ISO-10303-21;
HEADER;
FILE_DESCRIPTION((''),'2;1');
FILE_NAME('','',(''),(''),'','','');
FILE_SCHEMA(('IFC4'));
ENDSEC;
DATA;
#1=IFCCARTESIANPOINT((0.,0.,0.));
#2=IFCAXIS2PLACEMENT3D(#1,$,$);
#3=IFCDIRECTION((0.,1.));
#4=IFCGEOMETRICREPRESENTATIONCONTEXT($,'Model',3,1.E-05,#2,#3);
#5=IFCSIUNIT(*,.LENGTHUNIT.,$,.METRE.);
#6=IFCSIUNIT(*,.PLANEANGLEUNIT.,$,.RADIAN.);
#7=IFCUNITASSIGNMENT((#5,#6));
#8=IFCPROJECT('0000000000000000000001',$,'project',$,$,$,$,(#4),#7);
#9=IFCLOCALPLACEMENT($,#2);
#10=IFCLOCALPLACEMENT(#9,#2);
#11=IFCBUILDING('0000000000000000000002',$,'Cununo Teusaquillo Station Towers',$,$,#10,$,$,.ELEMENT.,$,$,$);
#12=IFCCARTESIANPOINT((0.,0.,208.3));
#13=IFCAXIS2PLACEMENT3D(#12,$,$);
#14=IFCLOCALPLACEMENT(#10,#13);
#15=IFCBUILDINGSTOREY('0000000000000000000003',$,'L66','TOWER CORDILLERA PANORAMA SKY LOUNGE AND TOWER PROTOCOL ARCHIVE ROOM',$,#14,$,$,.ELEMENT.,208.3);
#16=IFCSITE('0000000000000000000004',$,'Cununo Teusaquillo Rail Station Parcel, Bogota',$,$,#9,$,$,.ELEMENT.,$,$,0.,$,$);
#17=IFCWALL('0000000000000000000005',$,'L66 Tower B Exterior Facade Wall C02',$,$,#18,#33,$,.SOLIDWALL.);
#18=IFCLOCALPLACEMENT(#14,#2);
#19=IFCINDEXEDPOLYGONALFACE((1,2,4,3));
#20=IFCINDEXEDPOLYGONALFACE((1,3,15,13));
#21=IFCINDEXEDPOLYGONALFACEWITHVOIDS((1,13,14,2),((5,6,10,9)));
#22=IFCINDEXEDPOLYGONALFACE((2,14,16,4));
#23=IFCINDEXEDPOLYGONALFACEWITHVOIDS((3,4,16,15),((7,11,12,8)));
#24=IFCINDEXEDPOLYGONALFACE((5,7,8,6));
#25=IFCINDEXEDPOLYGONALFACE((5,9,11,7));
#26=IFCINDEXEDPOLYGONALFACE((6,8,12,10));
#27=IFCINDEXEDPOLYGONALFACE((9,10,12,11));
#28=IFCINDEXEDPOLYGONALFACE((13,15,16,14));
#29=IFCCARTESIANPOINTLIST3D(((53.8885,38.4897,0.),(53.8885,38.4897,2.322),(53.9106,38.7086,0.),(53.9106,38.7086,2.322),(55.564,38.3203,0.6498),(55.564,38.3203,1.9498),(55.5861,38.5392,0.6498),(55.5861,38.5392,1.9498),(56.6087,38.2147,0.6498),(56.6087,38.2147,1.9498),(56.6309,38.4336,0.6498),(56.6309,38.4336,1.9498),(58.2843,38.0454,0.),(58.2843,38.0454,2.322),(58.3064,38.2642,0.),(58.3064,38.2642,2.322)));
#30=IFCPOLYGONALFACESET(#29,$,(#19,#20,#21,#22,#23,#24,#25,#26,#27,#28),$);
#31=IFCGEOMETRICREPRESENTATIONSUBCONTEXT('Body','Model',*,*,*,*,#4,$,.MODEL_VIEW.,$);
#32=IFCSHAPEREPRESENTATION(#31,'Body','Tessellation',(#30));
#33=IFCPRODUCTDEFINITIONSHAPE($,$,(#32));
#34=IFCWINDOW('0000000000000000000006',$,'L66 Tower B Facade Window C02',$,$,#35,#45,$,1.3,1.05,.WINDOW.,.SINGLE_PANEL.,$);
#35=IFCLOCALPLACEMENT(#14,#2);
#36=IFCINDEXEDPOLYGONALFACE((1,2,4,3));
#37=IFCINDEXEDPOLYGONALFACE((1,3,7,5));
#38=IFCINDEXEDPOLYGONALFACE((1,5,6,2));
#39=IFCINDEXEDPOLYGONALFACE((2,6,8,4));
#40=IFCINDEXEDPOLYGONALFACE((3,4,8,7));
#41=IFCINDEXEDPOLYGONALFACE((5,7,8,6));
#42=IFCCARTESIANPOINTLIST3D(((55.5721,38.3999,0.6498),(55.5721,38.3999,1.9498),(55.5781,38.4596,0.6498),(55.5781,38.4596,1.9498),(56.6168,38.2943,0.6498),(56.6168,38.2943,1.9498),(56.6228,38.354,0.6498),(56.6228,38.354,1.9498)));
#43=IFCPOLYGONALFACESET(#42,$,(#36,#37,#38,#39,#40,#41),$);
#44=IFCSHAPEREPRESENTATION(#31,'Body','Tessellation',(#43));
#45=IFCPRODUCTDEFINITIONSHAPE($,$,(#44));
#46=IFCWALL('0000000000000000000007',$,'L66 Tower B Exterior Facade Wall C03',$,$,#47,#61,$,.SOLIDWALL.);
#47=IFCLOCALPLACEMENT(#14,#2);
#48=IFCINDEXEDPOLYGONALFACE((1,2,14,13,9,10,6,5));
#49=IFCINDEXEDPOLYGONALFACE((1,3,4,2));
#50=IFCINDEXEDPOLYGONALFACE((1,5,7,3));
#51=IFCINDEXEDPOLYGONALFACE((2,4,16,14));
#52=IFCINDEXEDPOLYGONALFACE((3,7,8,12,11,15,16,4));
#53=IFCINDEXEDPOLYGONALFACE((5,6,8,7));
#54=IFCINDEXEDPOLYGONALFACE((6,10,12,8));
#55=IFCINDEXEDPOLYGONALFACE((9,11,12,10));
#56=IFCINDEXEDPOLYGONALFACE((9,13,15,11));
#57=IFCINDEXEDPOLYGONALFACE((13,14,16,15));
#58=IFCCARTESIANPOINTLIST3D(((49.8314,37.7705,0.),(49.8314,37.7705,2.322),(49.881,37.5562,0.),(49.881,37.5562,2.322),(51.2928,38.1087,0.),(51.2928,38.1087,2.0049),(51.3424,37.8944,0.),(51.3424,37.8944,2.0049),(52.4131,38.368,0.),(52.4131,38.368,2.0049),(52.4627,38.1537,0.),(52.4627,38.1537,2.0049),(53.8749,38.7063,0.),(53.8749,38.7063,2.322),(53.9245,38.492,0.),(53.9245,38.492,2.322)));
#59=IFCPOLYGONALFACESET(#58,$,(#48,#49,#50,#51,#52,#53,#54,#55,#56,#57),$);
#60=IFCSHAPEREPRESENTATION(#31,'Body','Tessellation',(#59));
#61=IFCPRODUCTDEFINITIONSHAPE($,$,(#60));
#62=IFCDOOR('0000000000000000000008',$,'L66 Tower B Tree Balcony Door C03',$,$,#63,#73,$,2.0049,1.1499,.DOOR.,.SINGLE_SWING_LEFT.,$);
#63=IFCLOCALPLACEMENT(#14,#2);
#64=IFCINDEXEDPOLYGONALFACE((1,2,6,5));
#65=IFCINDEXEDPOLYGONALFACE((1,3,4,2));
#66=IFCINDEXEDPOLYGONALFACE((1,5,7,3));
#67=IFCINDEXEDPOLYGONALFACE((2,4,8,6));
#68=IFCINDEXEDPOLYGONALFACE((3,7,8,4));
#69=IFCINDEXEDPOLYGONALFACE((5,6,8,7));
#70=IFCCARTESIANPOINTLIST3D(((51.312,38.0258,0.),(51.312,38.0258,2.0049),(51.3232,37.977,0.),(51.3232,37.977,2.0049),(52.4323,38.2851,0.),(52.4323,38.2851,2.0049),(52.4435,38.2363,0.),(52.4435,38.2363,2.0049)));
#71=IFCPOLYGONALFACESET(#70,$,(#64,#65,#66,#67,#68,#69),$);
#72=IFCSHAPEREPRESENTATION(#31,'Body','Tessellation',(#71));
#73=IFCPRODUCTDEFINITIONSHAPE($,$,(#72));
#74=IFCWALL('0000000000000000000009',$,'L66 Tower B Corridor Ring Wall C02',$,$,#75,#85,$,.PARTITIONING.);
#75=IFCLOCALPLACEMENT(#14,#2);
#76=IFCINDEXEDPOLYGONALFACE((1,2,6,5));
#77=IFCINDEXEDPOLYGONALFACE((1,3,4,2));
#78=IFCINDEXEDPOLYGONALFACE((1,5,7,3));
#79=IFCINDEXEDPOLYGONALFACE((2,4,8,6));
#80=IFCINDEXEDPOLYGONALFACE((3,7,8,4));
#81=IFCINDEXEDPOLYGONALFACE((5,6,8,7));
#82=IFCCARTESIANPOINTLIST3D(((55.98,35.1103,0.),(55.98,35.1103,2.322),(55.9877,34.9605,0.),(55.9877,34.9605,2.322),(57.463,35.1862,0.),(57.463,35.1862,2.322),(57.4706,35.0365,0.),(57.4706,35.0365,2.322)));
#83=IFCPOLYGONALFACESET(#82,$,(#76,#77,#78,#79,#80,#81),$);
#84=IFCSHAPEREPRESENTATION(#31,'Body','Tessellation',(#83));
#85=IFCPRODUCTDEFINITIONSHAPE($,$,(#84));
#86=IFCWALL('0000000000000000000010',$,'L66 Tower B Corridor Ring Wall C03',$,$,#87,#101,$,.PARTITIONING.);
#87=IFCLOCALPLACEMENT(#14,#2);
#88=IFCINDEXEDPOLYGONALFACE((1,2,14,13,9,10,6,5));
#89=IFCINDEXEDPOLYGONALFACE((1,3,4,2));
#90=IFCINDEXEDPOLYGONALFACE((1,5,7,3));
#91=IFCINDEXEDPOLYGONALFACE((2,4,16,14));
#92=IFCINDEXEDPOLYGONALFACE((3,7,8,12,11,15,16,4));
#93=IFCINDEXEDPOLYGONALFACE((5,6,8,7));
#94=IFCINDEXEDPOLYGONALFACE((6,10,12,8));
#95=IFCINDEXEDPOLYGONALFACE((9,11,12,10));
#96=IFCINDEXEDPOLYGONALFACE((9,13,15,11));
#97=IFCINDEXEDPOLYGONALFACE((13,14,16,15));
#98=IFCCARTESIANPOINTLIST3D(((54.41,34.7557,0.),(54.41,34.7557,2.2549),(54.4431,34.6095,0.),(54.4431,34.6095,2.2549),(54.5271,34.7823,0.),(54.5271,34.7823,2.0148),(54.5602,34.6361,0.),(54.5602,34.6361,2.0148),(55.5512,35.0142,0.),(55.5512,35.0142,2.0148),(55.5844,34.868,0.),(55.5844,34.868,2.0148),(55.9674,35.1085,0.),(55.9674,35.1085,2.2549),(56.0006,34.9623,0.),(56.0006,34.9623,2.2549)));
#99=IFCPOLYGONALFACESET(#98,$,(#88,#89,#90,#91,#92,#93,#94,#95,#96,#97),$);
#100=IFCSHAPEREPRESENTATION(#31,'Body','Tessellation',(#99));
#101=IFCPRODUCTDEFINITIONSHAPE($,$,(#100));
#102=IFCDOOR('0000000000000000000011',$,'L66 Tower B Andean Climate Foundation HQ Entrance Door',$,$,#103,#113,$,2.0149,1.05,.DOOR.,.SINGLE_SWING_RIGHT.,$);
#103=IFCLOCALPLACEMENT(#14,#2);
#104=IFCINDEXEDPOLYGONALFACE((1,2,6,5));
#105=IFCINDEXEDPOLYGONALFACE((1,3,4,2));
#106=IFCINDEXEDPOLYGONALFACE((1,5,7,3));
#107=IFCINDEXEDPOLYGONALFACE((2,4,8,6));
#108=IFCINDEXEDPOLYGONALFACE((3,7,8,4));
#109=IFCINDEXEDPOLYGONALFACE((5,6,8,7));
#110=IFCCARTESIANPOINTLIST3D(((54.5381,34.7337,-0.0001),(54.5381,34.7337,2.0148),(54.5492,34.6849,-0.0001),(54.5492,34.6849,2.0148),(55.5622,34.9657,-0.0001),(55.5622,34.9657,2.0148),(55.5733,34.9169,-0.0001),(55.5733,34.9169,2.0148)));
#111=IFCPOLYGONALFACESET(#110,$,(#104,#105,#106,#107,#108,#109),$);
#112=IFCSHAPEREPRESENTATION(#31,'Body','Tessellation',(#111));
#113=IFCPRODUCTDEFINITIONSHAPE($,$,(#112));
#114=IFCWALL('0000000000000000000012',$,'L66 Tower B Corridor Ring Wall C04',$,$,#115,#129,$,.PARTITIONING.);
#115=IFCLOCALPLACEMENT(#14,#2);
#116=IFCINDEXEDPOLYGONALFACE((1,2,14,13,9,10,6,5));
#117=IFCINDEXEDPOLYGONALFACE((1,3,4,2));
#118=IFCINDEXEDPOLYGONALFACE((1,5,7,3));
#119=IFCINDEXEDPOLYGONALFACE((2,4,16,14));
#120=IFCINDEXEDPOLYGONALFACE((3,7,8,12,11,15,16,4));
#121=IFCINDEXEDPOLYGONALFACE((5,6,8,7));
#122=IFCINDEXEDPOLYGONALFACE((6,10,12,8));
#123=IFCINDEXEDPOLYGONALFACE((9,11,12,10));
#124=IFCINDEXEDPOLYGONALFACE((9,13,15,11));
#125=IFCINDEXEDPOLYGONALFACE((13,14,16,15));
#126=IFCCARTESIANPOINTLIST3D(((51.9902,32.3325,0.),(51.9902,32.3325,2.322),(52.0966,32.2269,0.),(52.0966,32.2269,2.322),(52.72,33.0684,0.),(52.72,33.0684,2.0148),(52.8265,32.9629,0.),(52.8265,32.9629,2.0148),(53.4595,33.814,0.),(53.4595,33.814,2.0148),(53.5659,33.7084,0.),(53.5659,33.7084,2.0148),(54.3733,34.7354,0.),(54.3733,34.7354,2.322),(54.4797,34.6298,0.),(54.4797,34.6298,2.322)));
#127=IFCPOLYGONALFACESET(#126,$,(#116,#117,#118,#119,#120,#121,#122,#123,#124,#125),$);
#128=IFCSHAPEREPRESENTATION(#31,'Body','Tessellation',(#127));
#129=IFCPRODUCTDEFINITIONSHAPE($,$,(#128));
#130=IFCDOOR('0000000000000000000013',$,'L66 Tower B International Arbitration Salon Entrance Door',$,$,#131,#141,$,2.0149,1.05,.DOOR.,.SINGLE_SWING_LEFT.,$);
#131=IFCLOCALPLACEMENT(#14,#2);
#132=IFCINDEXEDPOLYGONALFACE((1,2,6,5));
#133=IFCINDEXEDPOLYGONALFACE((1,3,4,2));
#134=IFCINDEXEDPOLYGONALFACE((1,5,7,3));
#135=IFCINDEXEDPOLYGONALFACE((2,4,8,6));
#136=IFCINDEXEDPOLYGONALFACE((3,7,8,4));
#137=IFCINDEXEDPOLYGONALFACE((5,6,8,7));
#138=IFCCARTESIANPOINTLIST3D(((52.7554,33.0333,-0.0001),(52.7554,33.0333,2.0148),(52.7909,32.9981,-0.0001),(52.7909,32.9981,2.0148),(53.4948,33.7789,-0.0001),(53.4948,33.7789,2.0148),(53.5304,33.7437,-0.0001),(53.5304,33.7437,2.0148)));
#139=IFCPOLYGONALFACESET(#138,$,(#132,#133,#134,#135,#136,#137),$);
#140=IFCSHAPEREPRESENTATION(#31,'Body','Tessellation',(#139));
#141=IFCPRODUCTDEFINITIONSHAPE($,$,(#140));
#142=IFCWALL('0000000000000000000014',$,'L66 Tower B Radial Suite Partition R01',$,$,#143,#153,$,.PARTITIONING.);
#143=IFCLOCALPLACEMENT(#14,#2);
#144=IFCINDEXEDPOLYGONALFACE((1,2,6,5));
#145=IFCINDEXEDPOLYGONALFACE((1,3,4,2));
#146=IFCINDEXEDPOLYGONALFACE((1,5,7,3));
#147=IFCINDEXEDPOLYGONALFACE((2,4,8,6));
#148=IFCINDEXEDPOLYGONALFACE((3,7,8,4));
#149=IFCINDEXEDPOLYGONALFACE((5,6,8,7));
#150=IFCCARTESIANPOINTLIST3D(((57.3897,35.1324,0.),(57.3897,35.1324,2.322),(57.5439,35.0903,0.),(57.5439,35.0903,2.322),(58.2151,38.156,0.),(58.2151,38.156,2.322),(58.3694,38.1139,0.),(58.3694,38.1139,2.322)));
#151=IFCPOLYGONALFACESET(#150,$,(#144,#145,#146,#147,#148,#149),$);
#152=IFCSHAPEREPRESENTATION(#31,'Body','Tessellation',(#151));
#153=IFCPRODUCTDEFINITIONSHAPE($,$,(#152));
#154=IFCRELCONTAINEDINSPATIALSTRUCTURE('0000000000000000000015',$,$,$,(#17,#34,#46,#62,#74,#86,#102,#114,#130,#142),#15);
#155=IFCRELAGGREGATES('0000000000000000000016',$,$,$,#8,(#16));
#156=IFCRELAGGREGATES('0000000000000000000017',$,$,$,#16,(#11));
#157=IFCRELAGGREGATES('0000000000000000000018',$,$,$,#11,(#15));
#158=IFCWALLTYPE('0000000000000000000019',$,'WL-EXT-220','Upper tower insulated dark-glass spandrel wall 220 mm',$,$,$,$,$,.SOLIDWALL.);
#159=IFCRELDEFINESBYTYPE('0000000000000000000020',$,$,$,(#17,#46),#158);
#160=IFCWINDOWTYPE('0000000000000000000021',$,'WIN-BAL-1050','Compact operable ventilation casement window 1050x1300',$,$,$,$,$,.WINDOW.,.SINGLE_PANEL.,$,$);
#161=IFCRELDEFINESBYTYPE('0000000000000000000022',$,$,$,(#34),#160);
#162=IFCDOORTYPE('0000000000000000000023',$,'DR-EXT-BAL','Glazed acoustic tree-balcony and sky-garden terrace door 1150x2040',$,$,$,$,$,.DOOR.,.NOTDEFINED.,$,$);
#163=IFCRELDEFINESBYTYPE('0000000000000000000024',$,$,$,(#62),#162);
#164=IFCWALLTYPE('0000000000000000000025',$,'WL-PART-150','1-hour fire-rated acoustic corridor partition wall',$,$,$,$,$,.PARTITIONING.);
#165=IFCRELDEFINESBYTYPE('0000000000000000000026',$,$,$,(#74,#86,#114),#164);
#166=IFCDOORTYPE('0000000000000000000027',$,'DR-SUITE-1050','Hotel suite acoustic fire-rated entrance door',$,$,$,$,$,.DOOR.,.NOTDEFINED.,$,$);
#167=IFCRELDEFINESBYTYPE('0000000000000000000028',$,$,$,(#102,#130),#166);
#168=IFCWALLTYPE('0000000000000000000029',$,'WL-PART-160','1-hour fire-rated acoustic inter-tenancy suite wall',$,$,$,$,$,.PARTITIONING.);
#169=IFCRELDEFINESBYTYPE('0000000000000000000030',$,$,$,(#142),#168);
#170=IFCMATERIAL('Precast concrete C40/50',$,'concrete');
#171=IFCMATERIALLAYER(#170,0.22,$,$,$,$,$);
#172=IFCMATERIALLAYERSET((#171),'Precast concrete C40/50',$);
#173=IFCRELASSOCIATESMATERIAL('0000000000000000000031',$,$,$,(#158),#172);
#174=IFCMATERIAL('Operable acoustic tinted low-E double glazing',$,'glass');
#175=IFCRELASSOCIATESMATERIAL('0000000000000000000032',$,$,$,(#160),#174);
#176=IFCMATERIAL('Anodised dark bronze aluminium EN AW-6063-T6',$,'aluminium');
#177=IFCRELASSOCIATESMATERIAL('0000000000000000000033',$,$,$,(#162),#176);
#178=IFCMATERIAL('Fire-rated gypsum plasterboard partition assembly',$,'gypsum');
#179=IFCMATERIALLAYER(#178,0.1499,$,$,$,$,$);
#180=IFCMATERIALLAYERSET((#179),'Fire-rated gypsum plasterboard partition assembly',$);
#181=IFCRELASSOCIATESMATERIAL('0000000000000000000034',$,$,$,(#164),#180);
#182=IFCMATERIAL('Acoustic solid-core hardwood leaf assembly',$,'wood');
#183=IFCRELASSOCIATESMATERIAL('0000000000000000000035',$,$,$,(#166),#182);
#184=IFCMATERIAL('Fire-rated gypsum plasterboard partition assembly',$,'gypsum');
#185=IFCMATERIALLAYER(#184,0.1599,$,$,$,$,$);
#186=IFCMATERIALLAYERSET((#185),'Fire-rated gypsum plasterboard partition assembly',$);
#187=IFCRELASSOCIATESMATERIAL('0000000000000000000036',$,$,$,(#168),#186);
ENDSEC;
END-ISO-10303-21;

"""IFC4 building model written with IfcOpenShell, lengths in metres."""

from ifc_helpers import new_model, si_unit, direction, frame, frame_2d, origin, place, context, subcontext, project, spatial, rectangle, extrude, source, transform, mapped, material, layer, layer_set, type_object, element, fill, save


model = new_model("IFC4")

# Units and contexts
model_context = context("Model", 3, precision=1e-05, world=origin(), true_north=direction((0.0, 1.0)))
body_context = subcontext(model_context, "Body", "Model", "MODEL_VIEW")
ifc_project = project(units=[si_unit("LENGTHUNIT", "METRE"), si_unit("PLANEANGLEUNIT", "RADIAN")], contexts=[model_context])

# Site, building, storey
site_placement = place(None, origin())
site = spatial("IfcSite", under=ifc_project, at=site_placement, Name="Cununo Teusaquillo Rail Station Parcel, Bogota", CompositionType="ELEMENT", RefElevation=0.0)
building_placement = place(site_placement, origin())
building = spatial("IfcBuilding", under=site, at=building_placement, Name="Cununo Teusaquillo Station Towers", CompositionType="ELEMENT")
storey_placement = place(building_placement, frame((0.0, 0.0, 208.3)))
storey = spatial("IfcBuildingStorey", under=building, at=storey_placement, Name="L66", Description="TOWER CORDILLERA PANORAMA SKY LOUNGE AND TOWER PROTOCOL ARCHIVE ROOM", CompositionType="ELEMENT", Elevation=208.3)

# Wall, opening, window
ifc_material_1 = material(Name="Precast concrete C40/50", Category="concrete")
ifc_layer_1 = layer(ifc_material_1, 0.22)
ifc_layer_set_1 = layer_set([ifc_layer_1], Name="Precast concrete C40/50")
wall_type_1 = type_object("IfcWallType", Name="WL-EXT-220", Description="Upper tower insulated dark-glass spandrel wall 220 mm", PredefinedType="SOLIDWALL", material=ifc_layer_set_1)
wall_1_placement = place(storey_placement, frame((53.8997, 38.5991, 0.0), z_axis=(0.0, 0.0, 1.0), x_axis=(0.99493, -0.100571, 0.0)))
wall_1 = element("IfcWall", 1, at=wall_1_placement, inside=storey, type_object=wall_type_1, Name="L66 Tower B Exterior Facade Wall C02", PredefinedType="SOLIDWALL", context=body_context, shape_type="SweptSolid", body=[
    extrude(rectangle(XDim=4.4182, YDim=0.22, at=frame_2d((2.209, 0.0))), origin(), (0.0, 0.0, 1.0), 2.322),
])
shared_shape_1 = source(origin(), body_context, "Body", "SweptSolid", [
    extrude(rectangle(XDim=1.05, YDim=1.3, at=frame_2d((0.5249, 0.6499))), frame((0.0, 0.1199, 0.0), z_axis=(0.0, -1.0, 0.0), x_axis=(1.0, 0.0, 0.0)), (0.0, 0.0, 1.0), 0.24),
])
opening_1_placement = place(wall_1_placement, frame((1.6841, 0.0, 0.6499)))
opening_1 = element("IfcOpeningElement", 2, at=opening_1_placement, cuts=wall_1, PredefinedType="OPENING", context=body_context, shape_type="MappedRepresentation", body=[
    mapped(shared_shape_1, transform((0.0, 0.0, 0.0), x_axis=(1.0, 0.0, 0.0), y_axis=(0.0, 1.0, 0.0), z_axis=(0.0, 0.0, 1.0), scale=1.0)),
])
ifc_material_2 = material(Name="Operable acoustic tinted low-E double glazing", Category="glass")
window_type = type_object("IfcWindowType", Name="WIN-BAL-1050", Description="Compact operable ventilation casement window 1050x1300", PartitioningType="SINGLE_PANEL", PredefinedType="WINDOW", material=ifc_material_2)
shared_shape_2 = source(origin(), body_context, "Body", "SweptSolid", [
    extrude(rectangle(XDim=1.05, YDim=1.3, at=frame_2d((0.5249, 0.6499))), frame((0.0, 0.03, 0.0), z_axis=(0.0, -1.0, 0.0), x_axis=(1.0, 0.0, 0.0)), (0.0, 0.0, 1.0), 0.0601),
])
window_placement = place(opening_1_placement, origin())
window = element("IfcWindow", 3, at=window_placement, inside=storey, type_object=window_type, Name="L66 Tower B Facade Window C02", OverallHeight=1.3, OverallWidth=1.05, PartitioningType="SINGLE_PANEL", PredefinedType="WINDOW", context=body_context, shape_type="MappedRepresentation", body=[
    mapped(shared_shape_2, transform((0.0, 0.0, 0.0), x_axis=(1.0, 0.0, 0.0), y_axis=(0.0, 1.0, 0.0), z_axis=(0.0, 0.0, 1.0), scale=1.0)),
])
fill(opening_1, window)

# Wall, opening, door
wall_2_placement = place(storey_placement, frame((49.8562, 37.6633, 0.0), z_axis=(0.0, 0.0, 1.0), x_axis=(0.974249, 0.225474, 0.0)))
wall_2 = element("IfcWall", 4, at=wall_2_placement, inside=storey, type_object=wall_type_1, Name="L66 Tower B Exterior Facade Wall C03", PredefinedType="SOLIDWALL", context=body_context, shape_type="SweptSolid", body=[
    extrude(rectangle(XDim=4.1504, YDim=0.22, at=frame_2d((2.0752, 0.0))), origin(), (0.0, 0.0, 1.0), 2.322),
])
shared_shape_3 = source(origin(), body_context, "Body", "SweptSolid", [
    extrude(rectangle(XDim=1.1499, YDim=2.0049, at=frame_2d((0.575, 1.0024))), frame((0.0, 0.1199, 0.0), z_axis=(0.0, -1.0, 0.0), x_axis=(1.0, 0.0, 0.0)), (0.0, 0.0, 1.0), 0.24),
])
opening_2_placement = place(wall_2_placement, frame((1.5, 0.0, 0.0)))
opening_2 = element("IfcOpeningElement", 5, at=opening_2_placement, cuts=wall_2, PredefinedType="OPENING", context=body_context, shape_type="MappedRepresentation", body=[
    mapped(shared_shape_3, transform((0.0, 0.0, 0.0), x_axis=(1.0, 0.0, 0.0), y_axis=(0.0, 1.0, 0.0), z_axis=(0.0, 0.0, 1.0), scale=1.0)),
])
ifc_material_3 = material(Name="Anodised dark bronze aluminium EN AW-6063-T6", Category="aluminium")
door_type_1 = type_object("IfcDoorType", Name="DR-EXT-BAL", Description="Glazed acoustic tree-balcony and sky-garden terrace door 1150x2040", OperationType="NOTDEFINED", PredefinedType="DOOR", material=ifc_material_3)
shared_shape_4 = source(origin(), body_context, "Body", "SweptSolid", [
    extrude(rectangle(XDim=1.1499, YDim=2.0049, at=frame_2d((0.575, 1.0024))), frame((0.0, 0.0249, 0.0), z_axis=(0.0, -1.0, 0.0), x_axis=(1.0, 0.0, 0.0)), (0.0, 0.0, 1.0), 0.05),
])
door_1_placement = place(opening_2_placement, origin())
door_1 = element("IfcDoor", 6, at=door_1_placement, inside=storey, type_object=door_type_1, Name="L66 Tower B Tree Balcony Door C03", OperationType="SINGLE_SWING_LEFT", OverallHeight=2.0049, OverallWidth=1.1499, PredefinedType="DOOR", context=body_context, shape_type="MappedRepresentation", body=[
    mapped(shared_shape_4, transform((0.0, 0.0, 0.0), x_axis=(1.0, 0.0, 0.0), y_axis=(0.0, 1.0, 0.0), z_axis=(0.0, 0.0, 1.0), scale=1.0)),
])
fill(opening_2, door_1)

# Wall
ifc_material_4 = material(Name="Fire-rated gypsum plasterboard partition assembly", Category="gypsum")
ifc_layer_2 = layer(ifc_material_4, 0.1499)
ifc_layer_set_2 = layer_set([ifc_layer_2], Name="Fire-rated gypsum plasterboard partition assembly")
wall_type_2 = type_object("IfcWallType", Name="WL-PART-150", Description="1-hour fire-rated acoustic corridor partition wall", PredefinedType="PARTITIONING", material=ifc_layer_set_2)
wall_3_placement = place(storey_placement, frame((57.4668, 35.1113, 0.0), z_axis=(0.0, 0.0, 1.0), x_axis=(-0.998692, -0.051135, 0.0)))
element("IfcWall", 7, at=wall_3_placement, inside=storey, type_object=wall_type_2, Name="L66 Tower B Corridor Ring Wall C02", PredefinedType="PARTITIONING", context=body_context, shape_type="SweptSolid", body=[
    extrude(rectangle(XDim=1.4849, YDim=0.1499, at=frame_2d((0.7424, 0.0))), origin(), (0.0, 0.0, 1.0), 2.322),
])

# Walls, openings, doors
wall_4_placement = place(storey_placement, frame((55.9839, 35.0354, 0.0), z_axis=(0.0, 0.0, 1.0), x_axis=(-0.97529, -0.220927, 0.0)))
wall_4 = element("IfcWall", 8, at=wall_4_placement, inside=storey, type_object=wall_type_2, Name="L66 Tower B Corridor Ring Wall C03", PredefinedType="PARTITIONING", context=body_context, shape_type="SweptSolid", body=[
    extrude(rectangle(XDim=1.5969, YDim=0.1499, at=frame_2d((0.7983, 0.0))), origin(), (0.0, 0.0, 1.0), 2.2549),
])
shared_shape_5 = source(origin(), body_context, "Body", "SweptSolid", [
    extrude(rectangle(XDim=1.05, YDim=2.0149, at=frame_2d((0.5249, 1.0073))), frame((0.0, 0.085, 0.0), z_axis=(0.0, -1.0, 0.0), x_axis=(1.0, 0.0, 0.0)), (0.0, 0.0, 1.0), 0.1699),
])
opening_3_placement = place(wall_4_placement, frame((0.4268, 0.0, 0.0)))
opening_3 = element("IfcOpeningElement", 9, at=opening_3_placement, cuts=wall_4, PredefinedType="OPENING", context=body_context, shape_type="MappedRepresentation", body=[
    mapped(shared_shape_5, transform((0.0, 0.0, 0.0), x_axis=(1.0, 0.0, 0.0), y_axis=(0.0, 1.0, 0.0), z_axis=(0.0, 0.0, 1.0), scale=1.0)),
])
ifc_material_5 = material(Name="Acoustic solid-core hardwood leaf assembly", Category="wood")
door_type_2 = type_object("IfcDoorType", Name="DR-SUITE-1050", Description="Hotel suite acoustic fire-rated entrance door", OperationType="NOTDEFINED", PredefinedType="DOOR", material=ifc_material_5)
shared_shape_6 = source(origin(), body_context, "Body", "SweptSolid", [
    extrude(rectangle(XDim=1.05, YDim=2.0149, at=frame_2d((0.5249, 1.0073))), frame((0.0, 0.0249, 0.0), z_axis=(0.0, -1.0, 0.0), x_axis=(1.0, 0.0, 0.0)), (0.0, 0.0, 1.0), 0.05),
])
door_2_placement = place(opening_3_placement, origin())
door_2 = element("IfcDoor", 10, at=door_2_placement, inside=storey, type_object=door_type_2, Name="L66 Tower B Andean Climate Foundation HQ Entrance Door", OperationType="SINGLE_SWING_RIGHT", OverallHeight=2.0149, OverallWidth=1.05, PredefinedType="DOOR", context=body_context, shape_type="MappedRepresentation", body=[
    mapped(shared_shape_6, transform((0.0, 0.0, 0.0), x_axis=(1.0, 0.0, 0.0), y_axis=(0.0, 1.0, 0.0), z_axis=(0.0, 0.0, 1.0), scale=1.0)),
])
fill(opening_3, door_2)
wall_5_placement = place(storey_placement, frame((54.4265, 34.6826, 0.0), z_axis=(0.0, 0.0, 1.0), x_axis=(-0.704179, -0.710022, 0.0)))
wall_5 = element("IfcWall", 11, at=wall_5_placement, inside=storey, type_object=wall_type_2, Name="L66 Tower B Corridor Ring Wall C04", PredefinedType="PARTITIONING", context=body_context, shape_type="SweptSolid", body=[
    extrude(rectangle(XDim=3.3843, YDim=0.1499, at=frame_2d((1.6921, 0.0))), origin(), (0.0, 0.0, 1.0), 2.322),
])
opening_4_placement = place(wall_5_placement, frame((1.2979, 0.0, 0.0)))
opening_4 = element("IfcOpeningElement", 12, at=opening_4_placement, cuts=wall_5, PredefinedType="OPENING", context=body_context, shape_type="MappedRepresentation", body=[
    mapped(shared_shape_5, transform((0.0, 0.0, 0.0), x_axis=(1.0, 0.0, 0.0), y_axis=(0.0, 1.0, 0.0), z_axis=(0.0, 0.0, 1.0), scale=1.0)),
])
door_3_placement = place(opening_4_placement, origin())
door_3 = element("IfcDoor", 13, at=door_3_placement, inside=storey, type_object=door_type_2, Name="L66 Tower B International Arbitration Salon Entrance Door", OperationType="SINGLE_SWING_LEFT", OverallHeight=2.0149, OverallWidth=1.05, PredefinedType="DOOR", context=body_context, shape_type="MappedRepresentation", body=[
    mapped(shared_shape_6, transform((0.0, 0.0, 0.0), x_axis=(1.0, 0.0, 0.0), y_axis=(0.0, 1.0, 0.0), z_axis=(0.0, 0.0, 1.0), scale=1.0)),
])
fill(opening_4, door_3)

# Wall
ifc_material_6 = material(Name="Fire-rated gypsum plasterboard partition assembly", Category="gypsum")
ifc_layer_3 = layer(ifc_material_6, 0.1599)
ifc_layer_set_3 = layer_set([ifc_layer_3], Name="Fire-rated gypsum plasterboard partition assembly")
wall_type_3 = type_object("IfcWallType", Name="WL-PART-160", Description="1-hour fire-rated acoustic inter-tenancy suite wall", PredefinedType="PARTITIONING", material=ifc_layer_set_3)
wall_6_placement = place(storey_placement, frame((57.4668, 35.1113, 0.0), z_axis=(0.0, 0.0, 1.0), x_axis=(0.263355, 0.964699, 0.0)))
element("IfcWall", 14, at=wall_6_placement, inside=storey, type_object=wall_type_3, Name="L66 Tower B Radial Suite Partition R01", PredefinedType="PARTITIONING", context=body_context, shape_type="SweptSolid", body=[
    extrude(rectangle(XDim=3.1343, YDim=0.1599, at=frame_2d((1.5671, 0.0))), origin(), (0.0, 0.0, 1.0), 2.322),
])

save(model, "model.ifc")
